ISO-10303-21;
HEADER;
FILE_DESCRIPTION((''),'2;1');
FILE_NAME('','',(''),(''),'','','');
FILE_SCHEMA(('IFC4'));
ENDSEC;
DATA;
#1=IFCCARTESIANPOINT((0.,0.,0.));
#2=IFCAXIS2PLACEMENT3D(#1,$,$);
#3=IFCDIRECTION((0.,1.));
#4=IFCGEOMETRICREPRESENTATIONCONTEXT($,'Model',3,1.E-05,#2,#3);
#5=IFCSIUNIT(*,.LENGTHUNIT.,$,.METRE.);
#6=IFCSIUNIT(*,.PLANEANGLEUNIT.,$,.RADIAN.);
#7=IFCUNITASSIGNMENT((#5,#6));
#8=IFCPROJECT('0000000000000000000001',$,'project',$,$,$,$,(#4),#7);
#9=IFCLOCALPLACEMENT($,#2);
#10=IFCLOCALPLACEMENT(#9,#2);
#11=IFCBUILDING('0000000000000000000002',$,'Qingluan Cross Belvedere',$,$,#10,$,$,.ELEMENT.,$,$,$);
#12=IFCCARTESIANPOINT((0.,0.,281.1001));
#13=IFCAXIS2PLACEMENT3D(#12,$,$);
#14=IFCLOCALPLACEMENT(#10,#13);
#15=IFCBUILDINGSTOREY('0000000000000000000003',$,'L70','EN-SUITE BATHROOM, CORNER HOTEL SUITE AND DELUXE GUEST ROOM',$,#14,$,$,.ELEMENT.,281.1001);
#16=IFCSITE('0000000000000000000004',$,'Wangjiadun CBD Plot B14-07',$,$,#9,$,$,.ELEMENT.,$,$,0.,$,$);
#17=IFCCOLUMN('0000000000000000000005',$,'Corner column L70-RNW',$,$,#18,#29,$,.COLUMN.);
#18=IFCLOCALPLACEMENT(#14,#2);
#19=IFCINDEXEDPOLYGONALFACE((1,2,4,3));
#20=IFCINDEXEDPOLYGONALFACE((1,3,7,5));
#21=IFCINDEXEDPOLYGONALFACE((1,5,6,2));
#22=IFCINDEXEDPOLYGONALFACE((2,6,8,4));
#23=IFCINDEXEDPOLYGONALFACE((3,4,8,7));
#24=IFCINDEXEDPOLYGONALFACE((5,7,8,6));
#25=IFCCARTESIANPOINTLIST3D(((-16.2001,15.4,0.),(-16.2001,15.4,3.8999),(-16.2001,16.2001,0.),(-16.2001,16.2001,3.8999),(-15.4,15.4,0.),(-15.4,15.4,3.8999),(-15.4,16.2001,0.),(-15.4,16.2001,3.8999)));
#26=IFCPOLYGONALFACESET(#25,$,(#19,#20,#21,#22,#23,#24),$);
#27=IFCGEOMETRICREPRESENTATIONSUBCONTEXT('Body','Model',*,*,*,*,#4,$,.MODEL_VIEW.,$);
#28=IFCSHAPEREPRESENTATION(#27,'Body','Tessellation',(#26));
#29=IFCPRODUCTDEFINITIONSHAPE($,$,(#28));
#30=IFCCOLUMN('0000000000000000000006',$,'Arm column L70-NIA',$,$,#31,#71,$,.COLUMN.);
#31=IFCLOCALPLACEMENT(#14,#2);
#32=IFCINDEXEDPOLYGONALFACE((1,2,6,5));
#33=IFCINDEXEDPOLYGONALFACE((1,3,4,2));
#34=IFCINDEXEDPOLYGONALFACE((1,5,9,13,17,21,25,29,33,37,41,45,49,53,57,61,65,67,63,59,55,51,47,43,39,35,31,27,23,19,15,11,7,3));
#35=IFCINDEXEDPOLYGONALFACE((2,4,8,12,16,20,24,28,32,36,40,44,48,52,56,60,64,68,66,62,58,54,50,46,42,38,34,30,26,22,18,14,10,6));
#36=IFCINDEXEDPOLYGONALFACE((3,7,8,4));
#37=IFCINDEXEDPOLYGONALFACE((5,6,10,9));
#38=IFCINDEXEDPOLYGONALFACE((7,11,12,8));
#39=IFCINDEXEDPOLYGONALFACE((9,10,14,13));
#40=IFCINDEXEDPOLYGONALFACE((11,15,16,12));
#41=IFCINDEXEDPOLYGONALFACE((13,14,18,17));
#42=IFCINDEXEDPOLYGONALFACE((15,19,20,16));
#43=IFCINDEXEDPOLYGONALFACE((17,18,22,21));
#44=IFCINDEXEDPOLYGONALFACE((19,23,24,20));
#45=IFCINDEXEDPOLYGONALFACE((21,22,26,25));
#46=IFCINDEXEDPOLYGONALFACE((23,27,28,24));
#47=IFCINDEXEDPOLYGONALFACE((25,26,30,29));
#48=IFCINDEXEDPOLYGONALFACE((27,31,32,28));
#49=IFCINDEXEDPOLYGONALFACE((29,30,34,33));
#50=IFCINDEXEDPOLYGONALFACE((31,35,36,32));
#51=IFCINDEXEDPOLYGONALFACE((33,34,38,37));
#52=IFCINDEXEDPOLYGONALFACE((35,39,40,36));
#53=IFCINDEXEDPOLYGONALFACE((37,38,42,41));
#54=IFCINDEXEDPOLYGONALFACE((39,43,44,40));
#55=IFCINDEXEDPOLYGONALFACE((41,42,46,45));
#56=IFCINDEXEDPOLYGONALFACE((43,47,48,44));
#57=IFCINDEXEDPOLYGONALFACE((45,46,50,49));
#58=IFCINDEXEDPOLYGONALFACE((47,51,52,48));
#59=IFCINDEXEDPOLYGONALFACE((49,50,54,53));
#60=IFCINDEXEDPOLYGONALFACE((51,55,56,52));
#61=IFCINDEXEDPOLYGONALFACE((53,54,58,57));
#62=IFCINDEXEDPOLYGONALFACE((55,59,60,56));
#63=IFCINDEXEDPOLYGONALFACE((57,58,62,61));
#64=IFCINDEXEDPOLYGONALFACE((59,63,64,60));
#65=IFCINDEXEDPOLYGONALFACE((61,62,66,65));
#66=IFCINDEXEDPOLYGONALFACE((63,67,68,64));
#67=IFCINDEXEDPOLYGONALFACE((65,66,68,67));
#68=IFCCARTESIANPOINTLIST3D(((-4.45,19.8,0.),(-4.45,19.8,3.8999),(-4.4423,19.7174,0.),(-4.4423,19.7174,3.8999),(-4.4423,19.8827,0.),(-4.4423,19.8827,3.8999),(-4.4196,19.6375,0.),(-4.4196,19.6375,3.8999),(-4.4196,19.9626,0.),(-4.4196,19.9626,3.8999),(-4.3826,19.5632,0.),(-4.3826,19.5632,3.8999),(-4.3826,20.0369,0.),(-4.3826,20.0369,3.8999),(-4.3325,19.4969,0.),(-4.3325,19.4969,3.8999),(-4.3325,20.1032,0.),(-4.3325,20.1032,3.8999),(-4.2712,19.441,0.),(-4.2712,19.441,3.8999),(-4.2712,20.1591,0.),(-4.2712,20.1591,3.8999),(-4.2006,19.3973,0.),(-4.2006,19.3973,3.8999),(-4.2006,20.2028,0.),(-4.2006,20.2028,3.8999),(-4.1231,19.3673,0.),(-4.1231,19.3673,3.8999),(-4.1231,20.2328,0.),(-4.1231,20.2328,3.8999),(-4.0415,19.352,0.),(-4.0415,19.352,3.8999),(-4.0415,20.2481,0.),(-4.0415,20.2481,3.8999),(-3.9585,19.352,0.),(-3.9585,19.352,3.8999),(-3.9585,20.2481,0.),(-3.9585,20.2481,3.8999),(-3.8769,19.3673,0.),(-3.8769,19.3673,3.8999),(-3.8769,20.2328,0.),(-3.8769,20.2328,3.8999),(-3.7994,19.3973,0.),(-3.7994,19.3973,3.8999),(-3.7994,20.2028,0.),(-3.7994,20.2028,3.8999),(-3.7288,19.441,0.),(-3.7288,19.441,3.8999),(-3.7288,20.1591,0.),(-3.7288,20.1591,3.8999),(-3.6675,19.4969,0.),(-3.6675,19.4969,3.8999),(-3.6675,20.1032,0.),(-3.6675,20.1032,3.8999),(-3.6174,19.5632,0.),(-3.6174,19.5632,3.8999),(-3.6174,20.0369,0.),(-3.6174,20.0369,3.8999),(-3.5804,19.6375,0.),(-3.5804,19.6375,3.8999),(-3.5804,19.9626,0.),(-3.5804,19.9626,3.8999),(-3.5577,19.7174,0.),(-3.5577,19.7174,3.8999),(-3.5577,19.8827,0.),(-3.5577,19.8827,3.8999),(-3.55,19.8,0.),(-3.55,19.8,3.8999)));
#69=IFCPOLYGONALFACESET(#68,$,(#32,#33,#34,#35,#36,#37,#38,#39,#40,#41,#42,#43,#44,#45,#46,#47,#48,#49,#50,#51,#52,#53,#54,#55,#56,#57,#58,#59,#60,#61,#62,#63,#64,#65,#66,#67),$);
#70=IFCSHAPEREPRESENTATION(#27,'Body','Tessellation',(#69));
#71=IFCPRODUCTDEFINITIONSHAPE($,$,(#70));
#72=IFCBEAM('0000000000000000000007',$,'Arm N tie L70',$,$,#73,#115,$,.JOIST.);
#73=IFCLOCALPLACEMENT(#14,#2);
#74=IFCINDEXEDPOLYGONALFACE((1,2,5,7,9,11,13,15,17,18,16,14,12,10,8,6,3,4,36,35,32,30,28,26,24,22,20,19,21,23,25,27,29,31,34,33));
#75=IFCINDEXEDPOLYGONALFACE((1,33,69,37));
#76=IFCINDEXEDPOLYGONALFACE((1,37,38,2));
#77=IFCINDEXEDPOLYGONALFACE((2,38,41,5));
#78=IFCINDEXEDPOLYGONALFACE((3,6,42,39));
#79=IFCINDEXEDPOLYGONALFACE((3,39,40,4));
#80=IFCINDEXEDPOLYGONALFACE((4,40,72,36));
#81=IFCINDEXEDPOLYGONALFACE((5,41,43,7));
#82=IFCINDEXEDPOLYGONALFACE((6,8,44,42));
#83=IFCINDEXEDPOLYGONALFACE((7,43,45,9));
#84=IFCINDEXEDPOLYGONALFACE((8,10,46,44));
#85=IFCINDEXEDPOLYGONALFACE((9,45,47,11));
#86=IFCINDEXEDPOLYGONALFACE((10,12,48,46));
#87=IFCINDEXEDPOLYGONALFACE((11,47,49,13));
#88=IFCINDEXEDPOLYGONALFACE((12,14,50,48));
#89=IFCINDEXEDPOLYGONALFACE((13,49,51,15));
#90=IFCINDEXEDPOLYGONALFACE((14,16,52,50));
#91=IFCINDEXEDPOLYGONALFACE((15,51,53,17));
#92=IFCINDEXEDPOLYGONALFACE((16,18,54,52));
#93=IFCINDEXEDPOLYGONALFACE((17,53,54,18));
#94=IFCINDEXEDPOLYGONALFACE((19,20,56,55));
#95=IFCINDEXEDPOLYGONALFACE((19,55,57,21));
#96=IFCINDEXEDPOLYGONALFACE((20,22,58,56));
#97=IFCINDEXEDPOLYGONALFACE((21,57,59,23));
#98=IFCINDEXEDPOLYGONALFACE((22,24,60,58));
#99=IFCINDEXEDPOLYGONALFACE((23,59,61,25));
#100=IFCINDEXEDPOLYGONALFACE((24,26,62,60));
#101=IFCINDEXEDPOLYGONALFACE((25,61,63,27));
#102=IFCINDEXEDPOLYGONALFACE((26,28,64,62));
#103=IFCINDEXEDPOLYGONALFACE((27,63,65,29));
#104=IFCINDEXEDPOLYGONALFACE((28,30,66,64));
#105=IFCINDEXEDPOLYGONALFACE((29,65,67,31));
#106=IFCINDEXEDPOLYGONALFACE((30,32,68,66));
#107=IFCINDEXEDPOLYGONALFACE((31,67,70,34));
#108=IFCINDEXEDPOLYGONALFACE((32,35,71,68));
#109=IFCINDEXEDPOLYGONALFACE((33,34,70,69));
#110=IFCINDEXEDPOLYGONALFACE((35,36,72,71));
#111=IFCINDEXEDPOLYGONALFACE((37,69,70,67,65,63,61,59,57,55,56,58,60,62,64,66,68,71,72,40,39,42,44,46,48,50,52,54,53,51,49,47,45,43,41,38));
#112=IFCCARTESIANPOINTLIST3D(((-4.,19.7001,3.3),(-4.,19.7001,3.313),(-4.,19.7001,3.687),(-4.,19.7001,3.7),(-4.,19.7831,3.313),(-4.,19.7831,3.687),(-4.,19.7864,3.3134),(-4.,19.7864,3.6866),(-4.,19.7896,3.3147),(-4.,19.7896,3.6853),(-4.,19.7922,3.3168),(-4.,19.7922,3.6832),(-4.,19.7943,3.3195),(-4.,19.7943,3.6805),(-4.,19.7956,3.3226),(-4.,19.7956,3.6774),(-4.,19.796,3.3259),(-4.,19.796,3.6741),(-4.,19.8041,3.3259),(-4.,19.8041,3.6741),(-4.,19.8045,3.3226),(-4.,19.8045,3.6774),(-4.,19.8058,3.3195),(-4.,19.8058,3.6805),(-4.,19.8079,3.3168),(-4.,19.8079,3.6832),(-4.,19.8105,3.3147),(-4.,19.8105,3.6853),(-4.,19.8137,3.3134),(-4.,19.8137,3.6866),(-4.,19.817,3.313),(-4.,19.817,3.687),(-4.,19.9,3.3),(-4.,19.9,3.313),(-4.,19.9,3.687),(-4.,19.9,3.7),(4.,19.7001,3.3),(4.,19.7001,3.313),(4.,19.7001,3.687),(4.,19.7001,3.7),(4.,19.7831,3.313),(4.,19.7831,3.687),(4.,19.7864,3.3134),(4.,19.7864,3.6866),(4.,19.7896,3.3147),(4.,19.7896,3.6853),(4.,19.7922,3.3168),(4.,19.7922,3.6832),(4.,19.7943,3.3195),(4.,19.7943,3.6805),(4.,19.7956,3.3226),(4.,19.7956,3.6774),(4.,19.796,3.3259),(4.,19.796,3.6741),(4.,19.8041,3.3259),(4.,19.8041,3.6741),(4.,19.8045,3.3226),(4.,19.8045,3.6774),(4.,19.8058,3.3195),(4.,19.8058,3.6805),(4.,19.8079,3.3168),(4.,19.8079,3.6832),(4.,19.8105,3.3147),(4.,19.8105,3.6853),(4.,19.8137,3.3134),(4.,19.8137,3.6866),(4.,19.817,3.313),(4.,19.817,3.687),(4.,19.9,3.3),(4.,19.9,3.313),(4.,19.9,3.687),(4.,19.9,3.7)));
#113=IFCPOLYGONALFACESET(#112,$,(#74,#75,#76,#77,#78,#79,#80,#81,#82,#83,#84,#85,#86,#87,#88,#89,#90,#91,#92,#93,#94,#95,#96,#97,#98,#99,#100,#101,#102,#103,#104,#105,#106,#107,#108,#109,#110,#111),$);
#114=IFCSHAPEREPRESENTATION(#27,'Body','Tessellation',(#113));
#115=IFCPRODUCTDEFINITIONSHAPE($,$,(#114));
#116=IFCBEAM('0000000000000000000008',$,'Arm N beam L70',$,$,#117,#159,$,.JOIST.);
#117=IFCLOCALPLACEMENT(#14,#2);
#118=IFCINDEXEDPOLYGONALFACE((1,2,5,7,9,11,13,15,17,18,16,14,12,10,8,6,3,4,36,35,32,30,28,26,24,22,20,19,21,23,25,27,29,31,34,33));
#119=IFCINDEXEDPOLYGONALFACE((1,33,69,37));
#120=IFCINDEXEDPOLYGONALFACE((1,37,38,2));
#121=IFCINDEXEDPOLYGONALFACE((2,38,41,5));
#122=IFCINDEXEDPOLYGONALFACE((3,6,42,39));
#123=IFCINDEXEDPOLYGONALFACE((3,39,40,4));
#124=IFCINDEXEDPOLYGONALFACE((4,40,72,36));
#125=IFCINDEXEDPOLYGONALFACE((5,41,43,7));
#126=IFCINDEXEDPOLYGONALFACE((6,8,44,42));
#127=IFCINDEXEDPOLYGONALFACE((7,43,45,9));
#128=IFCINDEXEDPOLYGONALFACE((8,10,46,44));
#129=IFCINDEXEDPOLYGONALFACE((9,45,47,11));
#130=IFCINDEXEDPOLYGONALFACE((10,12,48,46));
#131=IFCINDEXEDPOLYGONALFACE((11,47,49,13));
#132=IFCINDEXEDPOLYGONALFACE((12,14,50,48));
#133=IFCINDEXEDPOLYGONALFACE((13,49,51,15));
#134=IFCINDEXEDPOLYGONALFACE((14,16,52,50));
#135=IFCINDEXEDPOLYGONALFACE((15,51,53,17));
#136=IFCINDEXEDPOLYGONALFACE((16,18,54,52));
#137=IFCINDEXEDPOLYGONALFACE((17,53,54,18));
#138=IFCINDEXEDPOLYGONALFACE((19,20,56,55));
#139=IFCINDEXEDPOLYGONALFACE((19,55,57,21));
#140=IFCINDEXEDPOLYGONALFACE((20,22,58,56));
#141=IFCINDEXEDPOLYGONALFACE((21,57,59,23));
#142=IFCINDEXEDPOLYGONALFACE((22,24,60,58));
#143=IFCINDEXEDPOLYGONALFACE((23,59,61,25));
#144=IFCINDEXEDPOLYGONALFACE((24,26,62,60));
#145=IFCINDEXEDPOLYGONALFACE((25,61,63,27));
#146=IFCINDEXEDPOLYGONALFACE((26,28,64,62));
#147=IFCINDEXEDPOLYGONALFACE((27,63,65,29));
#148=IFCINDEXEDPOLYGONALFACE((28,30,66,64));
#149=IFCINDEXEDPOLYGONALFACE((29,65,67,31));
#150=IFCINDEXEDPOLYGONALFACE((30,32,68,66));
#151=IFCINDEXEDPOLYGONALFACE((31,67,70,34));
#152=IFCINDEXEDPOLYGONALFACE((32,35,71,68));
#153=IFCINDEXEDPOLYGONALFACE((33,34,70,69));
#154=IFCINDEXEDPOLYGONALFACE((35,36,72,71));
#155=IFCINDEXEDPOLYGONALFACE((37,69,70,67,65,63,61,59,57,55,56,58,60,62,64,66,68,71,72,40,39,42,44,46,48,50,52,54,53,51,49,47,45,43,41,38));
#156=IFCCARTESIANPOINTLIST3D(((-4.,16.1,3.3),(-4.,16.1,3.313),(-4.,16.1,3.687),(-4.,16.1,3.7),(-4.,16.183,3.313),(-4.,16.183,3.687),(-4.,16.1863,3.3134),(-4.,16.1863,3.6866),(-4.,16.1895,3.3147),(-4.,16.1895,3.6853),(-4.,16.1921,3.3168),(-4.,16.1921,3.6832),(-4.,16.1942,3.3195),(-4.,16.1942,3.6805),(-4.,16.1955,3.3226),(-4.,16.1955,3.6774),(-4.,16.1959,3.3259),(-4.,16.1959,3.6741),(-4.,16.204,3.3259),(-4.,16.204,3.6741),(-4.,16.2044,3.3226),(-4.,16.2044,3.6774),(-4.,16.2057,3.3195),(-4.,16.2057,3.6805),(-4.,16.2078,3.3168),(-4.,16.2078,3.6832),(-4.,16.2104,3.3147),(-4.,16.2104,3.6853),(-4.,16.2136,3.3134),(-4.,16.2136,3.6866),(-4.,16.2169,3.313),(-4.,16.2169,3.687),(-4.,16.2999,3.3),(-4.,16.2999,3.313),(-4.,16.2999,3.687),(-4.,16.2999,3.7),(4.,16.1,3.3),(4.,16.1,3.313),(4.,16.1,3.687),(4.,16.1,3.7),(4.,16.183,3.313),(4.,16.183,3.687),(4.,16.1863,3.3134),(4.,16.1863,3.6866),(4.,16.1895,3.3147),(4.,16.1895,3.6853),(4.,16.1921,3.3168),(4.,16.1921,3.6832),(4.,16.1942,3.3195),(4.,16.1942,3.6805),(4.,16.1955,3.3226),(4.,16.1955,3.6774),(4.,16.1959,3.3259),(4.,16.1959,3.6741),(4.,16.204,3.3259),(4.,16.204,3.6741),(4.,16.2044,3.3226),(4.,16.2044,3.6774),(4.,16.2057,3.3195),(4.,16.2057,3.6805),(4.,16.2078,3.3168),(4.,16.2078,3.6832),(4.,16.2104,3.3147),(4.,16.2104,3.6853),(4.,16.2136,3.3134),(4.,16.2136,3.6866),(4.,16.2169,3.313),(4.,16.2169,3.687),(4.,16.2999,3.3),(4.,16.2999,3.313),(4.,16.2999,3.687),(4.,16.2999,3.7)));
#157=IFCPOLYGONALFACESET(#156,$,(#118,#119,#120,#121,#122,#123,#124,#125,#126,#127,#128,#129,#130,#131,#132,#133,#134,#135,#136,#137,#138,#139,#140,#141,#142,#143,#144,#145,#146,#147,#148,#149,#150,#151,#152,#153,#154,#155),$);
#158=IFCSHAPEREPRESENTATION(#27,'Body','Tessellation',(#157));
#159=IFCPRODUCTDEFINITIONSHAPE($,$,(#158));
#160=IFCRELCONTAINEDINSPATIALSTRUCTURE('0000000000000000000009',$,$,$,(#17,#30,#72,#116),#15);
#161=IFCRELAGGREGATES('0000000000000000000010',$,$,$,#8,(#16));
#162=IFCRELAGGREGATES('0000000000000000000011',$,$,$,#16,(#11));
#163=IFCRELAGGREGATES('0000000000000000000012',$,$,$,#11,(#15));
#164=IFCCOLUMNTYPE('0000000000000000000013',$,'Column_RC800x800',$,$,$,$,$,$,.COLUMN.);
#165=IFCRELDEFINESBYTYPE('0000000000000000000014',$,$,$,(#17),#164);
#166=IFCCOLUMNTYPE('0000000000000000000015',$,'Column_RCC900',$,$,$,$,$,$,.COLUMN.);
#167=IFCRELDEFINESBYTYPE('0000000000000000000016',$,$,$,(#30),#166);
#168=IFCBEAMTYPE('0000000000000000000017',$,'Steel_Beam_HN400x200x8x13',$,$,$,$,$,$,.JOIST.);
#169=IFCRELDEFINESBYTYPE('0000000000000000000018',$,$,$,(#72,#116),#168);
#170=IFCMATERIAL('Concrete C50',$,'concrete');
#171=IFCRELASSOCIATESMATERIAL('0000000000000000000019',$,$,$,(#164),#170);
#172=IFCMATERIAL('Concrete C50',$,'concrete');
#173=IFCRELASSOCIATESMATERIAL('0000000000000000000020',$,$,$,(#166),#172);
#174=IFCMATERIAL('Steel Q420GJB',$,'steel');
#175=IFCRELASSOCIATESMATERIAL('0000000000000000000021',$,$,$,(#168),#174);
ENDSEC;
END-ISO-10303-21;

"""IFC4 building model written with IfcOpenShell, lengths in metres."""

from ifc_helpers import new_model, si_unit, direction, frame, origin, origin_2d, place, context, subcontext, project, spatial, rectangle, circle, i_section, extrude, material, material_profile, profile_set, type_object, element, save


model = new_model("IFC4")

# Units and contexts
model_context = context("Model", 3, precision=1e-05, world=origin(), true_north=direction((0.0, 1.0)))
body_context = subcontext(model_context, "Body", "Model", "MODEL_VIEW")
ifc_project = project(units=[si_unit("LENGTHUNIT", "METRE"), si_unit("PLANEANGLEUNIT", "RADIAN")], contexts=[model_context])

# Site, building, storey
site_placement = place(None, origin())
site = spatial("IfcSite", under=ifc_project, at=site_placement, Name="Wangjiadun CBD Plot B14-07", CompositionType="ELEMENT", RefElevation=0.0)
building_placement = place(site_placement, origin())
building = spatial("IfcBuilding", under=site, at=building_placement, Name="Qingluan Cross Belvedere", CompositionType="ELEMENT")
storey_placement = place(building_placement, frame((0.0, 0.0, 281.1001)))
storey = spatial("IfcBuildingStorey", under=building, at=storey_placement, Name="L70", Description="EN-SUITE BATHROOM, CORNER HOTEL SUITE AND DELUXE GUEST ROOM", CompositionType="ELEMENT", Elevation=281.1001)

# Columns
ifc_material_1 = material(Name="Concrete C50", Category="concrete")
ifc_material_profile_1 = material_profile(ifc_material_1, rectangle(XDim=0.8, YDim=0.8, at=origin_2d()), Name="RC800x800")
ifc_profile_set_1 = profile_set([ifc_material_profile_1], Name="Concrete C50")
column_type_1 = type_object("IfcColumnType", Name="Column_RC800x800", PredefinedType="COLUMN", material=ifc_profile_set_1)
column_1_placement = place(storey_placement, frame((-15.8, 15.8, 0.0), z_axis=(0.0, 0.0, 1.0), x_axis=(1.0, 0.0, 0.0)))
element("IfcColumn", 1, at=column_1_placement, inside=storey, type_object=column_type_1, Name="Corner column L70-RNW", PredefinedType="COLUMN", context=body_context, shape_type="SweptSolid", body=[
    extrude(rectangle(XDim=0.8, YDim=0.8, at=origin_2d()), origin(), (0.0, 0.0, 1.0), 3.8999),
])
ifc_material_2 = material(Name="Concrete C50", Category="concrete")
ifc_material_profile_2 = material_profile(ifc_material_2, circle(Radius=0.45, at=origin_2d()), Name="RCC900")
ifc_profile_set_2 = profile_set([ifc_material_profile_2], Name="Concrete C50")
column_type_2 = type_object("IfcColumnType", Name="Column_RCC900", PredefinedType="COLUMN", material=ifc_profile_set_2)
column_2_placement = place(storey_placement, frame((-4.0, 19.8, 0.0), z_axis=(0.0, 0.0, 1.0), x_axis=(1.0, 0.0, 0.0)))
element("IfcColumn", 2, at=column_2_placement, inside=storey, type_object=column_type_2, Name="Arm column L70-NIA", PredefinedType="COLUMN", context=body_context, shape_type="SweptSolid", body=[
    extrude(circle(Radius=0.45, at=origin_2d()), origin(), (0.0, 0.0, 1.0), 3.8999),
])

# Beams
ifc_material_3 = material(Name="Steel Q420GJB", Category="steel")
ifc_material_profile_3 = material_profile(ifc_material_3, i_section(OverallWidth=0.2, OverallDepth=0.3999, WebThickness=0.0081, FlangeThickness=0.0129, FilletRadius=0.0129, at=origin_2d()), Name="HN400x200x8x13")
ifc_profile_set_3 = profile_set([ifc_material_profile_3], Name="Steel Q420GJB")
beam_type_1 = type_object("IfcBeamType", Name="Steel_Beam_HN400x200x8x13", PredefinedType="JOIST", material=ifc_profile_set_3)
for number, where, z_axis, x_axis, name in (
    (3, (-4.0, 19.8, 3.5), (1.0, 0.0, 0.0), (0.0, 1.0, 0.0), "Arm N tie L70"),
    (4, (-4.0, 16.2, 3.5), (1.0, 0.0, 0.0), (0.0, 1.0, 0.0), "Arm N beam L70"),
):
    element("IfcBeam", number, at=place(storey_placement, frame(where, z_axis=z_axis, x_axis=x_axis)), inside=storey, type_object=beam_type_1, Name=name, PredefinedType="JOIST", context=body_context, shape_type="SweptSolid", body=[
        extrude(i_section(OverallWidth=0.2, OverallDepth=0.3999, WebThickness=0.0081, FlangeThickness=0.0129, FilletRadius=0.0129, at=origin_2d()), origin(), (0.0, 0.0, 1.0), 8.0),
    ])

save(model, "model.ifc")
